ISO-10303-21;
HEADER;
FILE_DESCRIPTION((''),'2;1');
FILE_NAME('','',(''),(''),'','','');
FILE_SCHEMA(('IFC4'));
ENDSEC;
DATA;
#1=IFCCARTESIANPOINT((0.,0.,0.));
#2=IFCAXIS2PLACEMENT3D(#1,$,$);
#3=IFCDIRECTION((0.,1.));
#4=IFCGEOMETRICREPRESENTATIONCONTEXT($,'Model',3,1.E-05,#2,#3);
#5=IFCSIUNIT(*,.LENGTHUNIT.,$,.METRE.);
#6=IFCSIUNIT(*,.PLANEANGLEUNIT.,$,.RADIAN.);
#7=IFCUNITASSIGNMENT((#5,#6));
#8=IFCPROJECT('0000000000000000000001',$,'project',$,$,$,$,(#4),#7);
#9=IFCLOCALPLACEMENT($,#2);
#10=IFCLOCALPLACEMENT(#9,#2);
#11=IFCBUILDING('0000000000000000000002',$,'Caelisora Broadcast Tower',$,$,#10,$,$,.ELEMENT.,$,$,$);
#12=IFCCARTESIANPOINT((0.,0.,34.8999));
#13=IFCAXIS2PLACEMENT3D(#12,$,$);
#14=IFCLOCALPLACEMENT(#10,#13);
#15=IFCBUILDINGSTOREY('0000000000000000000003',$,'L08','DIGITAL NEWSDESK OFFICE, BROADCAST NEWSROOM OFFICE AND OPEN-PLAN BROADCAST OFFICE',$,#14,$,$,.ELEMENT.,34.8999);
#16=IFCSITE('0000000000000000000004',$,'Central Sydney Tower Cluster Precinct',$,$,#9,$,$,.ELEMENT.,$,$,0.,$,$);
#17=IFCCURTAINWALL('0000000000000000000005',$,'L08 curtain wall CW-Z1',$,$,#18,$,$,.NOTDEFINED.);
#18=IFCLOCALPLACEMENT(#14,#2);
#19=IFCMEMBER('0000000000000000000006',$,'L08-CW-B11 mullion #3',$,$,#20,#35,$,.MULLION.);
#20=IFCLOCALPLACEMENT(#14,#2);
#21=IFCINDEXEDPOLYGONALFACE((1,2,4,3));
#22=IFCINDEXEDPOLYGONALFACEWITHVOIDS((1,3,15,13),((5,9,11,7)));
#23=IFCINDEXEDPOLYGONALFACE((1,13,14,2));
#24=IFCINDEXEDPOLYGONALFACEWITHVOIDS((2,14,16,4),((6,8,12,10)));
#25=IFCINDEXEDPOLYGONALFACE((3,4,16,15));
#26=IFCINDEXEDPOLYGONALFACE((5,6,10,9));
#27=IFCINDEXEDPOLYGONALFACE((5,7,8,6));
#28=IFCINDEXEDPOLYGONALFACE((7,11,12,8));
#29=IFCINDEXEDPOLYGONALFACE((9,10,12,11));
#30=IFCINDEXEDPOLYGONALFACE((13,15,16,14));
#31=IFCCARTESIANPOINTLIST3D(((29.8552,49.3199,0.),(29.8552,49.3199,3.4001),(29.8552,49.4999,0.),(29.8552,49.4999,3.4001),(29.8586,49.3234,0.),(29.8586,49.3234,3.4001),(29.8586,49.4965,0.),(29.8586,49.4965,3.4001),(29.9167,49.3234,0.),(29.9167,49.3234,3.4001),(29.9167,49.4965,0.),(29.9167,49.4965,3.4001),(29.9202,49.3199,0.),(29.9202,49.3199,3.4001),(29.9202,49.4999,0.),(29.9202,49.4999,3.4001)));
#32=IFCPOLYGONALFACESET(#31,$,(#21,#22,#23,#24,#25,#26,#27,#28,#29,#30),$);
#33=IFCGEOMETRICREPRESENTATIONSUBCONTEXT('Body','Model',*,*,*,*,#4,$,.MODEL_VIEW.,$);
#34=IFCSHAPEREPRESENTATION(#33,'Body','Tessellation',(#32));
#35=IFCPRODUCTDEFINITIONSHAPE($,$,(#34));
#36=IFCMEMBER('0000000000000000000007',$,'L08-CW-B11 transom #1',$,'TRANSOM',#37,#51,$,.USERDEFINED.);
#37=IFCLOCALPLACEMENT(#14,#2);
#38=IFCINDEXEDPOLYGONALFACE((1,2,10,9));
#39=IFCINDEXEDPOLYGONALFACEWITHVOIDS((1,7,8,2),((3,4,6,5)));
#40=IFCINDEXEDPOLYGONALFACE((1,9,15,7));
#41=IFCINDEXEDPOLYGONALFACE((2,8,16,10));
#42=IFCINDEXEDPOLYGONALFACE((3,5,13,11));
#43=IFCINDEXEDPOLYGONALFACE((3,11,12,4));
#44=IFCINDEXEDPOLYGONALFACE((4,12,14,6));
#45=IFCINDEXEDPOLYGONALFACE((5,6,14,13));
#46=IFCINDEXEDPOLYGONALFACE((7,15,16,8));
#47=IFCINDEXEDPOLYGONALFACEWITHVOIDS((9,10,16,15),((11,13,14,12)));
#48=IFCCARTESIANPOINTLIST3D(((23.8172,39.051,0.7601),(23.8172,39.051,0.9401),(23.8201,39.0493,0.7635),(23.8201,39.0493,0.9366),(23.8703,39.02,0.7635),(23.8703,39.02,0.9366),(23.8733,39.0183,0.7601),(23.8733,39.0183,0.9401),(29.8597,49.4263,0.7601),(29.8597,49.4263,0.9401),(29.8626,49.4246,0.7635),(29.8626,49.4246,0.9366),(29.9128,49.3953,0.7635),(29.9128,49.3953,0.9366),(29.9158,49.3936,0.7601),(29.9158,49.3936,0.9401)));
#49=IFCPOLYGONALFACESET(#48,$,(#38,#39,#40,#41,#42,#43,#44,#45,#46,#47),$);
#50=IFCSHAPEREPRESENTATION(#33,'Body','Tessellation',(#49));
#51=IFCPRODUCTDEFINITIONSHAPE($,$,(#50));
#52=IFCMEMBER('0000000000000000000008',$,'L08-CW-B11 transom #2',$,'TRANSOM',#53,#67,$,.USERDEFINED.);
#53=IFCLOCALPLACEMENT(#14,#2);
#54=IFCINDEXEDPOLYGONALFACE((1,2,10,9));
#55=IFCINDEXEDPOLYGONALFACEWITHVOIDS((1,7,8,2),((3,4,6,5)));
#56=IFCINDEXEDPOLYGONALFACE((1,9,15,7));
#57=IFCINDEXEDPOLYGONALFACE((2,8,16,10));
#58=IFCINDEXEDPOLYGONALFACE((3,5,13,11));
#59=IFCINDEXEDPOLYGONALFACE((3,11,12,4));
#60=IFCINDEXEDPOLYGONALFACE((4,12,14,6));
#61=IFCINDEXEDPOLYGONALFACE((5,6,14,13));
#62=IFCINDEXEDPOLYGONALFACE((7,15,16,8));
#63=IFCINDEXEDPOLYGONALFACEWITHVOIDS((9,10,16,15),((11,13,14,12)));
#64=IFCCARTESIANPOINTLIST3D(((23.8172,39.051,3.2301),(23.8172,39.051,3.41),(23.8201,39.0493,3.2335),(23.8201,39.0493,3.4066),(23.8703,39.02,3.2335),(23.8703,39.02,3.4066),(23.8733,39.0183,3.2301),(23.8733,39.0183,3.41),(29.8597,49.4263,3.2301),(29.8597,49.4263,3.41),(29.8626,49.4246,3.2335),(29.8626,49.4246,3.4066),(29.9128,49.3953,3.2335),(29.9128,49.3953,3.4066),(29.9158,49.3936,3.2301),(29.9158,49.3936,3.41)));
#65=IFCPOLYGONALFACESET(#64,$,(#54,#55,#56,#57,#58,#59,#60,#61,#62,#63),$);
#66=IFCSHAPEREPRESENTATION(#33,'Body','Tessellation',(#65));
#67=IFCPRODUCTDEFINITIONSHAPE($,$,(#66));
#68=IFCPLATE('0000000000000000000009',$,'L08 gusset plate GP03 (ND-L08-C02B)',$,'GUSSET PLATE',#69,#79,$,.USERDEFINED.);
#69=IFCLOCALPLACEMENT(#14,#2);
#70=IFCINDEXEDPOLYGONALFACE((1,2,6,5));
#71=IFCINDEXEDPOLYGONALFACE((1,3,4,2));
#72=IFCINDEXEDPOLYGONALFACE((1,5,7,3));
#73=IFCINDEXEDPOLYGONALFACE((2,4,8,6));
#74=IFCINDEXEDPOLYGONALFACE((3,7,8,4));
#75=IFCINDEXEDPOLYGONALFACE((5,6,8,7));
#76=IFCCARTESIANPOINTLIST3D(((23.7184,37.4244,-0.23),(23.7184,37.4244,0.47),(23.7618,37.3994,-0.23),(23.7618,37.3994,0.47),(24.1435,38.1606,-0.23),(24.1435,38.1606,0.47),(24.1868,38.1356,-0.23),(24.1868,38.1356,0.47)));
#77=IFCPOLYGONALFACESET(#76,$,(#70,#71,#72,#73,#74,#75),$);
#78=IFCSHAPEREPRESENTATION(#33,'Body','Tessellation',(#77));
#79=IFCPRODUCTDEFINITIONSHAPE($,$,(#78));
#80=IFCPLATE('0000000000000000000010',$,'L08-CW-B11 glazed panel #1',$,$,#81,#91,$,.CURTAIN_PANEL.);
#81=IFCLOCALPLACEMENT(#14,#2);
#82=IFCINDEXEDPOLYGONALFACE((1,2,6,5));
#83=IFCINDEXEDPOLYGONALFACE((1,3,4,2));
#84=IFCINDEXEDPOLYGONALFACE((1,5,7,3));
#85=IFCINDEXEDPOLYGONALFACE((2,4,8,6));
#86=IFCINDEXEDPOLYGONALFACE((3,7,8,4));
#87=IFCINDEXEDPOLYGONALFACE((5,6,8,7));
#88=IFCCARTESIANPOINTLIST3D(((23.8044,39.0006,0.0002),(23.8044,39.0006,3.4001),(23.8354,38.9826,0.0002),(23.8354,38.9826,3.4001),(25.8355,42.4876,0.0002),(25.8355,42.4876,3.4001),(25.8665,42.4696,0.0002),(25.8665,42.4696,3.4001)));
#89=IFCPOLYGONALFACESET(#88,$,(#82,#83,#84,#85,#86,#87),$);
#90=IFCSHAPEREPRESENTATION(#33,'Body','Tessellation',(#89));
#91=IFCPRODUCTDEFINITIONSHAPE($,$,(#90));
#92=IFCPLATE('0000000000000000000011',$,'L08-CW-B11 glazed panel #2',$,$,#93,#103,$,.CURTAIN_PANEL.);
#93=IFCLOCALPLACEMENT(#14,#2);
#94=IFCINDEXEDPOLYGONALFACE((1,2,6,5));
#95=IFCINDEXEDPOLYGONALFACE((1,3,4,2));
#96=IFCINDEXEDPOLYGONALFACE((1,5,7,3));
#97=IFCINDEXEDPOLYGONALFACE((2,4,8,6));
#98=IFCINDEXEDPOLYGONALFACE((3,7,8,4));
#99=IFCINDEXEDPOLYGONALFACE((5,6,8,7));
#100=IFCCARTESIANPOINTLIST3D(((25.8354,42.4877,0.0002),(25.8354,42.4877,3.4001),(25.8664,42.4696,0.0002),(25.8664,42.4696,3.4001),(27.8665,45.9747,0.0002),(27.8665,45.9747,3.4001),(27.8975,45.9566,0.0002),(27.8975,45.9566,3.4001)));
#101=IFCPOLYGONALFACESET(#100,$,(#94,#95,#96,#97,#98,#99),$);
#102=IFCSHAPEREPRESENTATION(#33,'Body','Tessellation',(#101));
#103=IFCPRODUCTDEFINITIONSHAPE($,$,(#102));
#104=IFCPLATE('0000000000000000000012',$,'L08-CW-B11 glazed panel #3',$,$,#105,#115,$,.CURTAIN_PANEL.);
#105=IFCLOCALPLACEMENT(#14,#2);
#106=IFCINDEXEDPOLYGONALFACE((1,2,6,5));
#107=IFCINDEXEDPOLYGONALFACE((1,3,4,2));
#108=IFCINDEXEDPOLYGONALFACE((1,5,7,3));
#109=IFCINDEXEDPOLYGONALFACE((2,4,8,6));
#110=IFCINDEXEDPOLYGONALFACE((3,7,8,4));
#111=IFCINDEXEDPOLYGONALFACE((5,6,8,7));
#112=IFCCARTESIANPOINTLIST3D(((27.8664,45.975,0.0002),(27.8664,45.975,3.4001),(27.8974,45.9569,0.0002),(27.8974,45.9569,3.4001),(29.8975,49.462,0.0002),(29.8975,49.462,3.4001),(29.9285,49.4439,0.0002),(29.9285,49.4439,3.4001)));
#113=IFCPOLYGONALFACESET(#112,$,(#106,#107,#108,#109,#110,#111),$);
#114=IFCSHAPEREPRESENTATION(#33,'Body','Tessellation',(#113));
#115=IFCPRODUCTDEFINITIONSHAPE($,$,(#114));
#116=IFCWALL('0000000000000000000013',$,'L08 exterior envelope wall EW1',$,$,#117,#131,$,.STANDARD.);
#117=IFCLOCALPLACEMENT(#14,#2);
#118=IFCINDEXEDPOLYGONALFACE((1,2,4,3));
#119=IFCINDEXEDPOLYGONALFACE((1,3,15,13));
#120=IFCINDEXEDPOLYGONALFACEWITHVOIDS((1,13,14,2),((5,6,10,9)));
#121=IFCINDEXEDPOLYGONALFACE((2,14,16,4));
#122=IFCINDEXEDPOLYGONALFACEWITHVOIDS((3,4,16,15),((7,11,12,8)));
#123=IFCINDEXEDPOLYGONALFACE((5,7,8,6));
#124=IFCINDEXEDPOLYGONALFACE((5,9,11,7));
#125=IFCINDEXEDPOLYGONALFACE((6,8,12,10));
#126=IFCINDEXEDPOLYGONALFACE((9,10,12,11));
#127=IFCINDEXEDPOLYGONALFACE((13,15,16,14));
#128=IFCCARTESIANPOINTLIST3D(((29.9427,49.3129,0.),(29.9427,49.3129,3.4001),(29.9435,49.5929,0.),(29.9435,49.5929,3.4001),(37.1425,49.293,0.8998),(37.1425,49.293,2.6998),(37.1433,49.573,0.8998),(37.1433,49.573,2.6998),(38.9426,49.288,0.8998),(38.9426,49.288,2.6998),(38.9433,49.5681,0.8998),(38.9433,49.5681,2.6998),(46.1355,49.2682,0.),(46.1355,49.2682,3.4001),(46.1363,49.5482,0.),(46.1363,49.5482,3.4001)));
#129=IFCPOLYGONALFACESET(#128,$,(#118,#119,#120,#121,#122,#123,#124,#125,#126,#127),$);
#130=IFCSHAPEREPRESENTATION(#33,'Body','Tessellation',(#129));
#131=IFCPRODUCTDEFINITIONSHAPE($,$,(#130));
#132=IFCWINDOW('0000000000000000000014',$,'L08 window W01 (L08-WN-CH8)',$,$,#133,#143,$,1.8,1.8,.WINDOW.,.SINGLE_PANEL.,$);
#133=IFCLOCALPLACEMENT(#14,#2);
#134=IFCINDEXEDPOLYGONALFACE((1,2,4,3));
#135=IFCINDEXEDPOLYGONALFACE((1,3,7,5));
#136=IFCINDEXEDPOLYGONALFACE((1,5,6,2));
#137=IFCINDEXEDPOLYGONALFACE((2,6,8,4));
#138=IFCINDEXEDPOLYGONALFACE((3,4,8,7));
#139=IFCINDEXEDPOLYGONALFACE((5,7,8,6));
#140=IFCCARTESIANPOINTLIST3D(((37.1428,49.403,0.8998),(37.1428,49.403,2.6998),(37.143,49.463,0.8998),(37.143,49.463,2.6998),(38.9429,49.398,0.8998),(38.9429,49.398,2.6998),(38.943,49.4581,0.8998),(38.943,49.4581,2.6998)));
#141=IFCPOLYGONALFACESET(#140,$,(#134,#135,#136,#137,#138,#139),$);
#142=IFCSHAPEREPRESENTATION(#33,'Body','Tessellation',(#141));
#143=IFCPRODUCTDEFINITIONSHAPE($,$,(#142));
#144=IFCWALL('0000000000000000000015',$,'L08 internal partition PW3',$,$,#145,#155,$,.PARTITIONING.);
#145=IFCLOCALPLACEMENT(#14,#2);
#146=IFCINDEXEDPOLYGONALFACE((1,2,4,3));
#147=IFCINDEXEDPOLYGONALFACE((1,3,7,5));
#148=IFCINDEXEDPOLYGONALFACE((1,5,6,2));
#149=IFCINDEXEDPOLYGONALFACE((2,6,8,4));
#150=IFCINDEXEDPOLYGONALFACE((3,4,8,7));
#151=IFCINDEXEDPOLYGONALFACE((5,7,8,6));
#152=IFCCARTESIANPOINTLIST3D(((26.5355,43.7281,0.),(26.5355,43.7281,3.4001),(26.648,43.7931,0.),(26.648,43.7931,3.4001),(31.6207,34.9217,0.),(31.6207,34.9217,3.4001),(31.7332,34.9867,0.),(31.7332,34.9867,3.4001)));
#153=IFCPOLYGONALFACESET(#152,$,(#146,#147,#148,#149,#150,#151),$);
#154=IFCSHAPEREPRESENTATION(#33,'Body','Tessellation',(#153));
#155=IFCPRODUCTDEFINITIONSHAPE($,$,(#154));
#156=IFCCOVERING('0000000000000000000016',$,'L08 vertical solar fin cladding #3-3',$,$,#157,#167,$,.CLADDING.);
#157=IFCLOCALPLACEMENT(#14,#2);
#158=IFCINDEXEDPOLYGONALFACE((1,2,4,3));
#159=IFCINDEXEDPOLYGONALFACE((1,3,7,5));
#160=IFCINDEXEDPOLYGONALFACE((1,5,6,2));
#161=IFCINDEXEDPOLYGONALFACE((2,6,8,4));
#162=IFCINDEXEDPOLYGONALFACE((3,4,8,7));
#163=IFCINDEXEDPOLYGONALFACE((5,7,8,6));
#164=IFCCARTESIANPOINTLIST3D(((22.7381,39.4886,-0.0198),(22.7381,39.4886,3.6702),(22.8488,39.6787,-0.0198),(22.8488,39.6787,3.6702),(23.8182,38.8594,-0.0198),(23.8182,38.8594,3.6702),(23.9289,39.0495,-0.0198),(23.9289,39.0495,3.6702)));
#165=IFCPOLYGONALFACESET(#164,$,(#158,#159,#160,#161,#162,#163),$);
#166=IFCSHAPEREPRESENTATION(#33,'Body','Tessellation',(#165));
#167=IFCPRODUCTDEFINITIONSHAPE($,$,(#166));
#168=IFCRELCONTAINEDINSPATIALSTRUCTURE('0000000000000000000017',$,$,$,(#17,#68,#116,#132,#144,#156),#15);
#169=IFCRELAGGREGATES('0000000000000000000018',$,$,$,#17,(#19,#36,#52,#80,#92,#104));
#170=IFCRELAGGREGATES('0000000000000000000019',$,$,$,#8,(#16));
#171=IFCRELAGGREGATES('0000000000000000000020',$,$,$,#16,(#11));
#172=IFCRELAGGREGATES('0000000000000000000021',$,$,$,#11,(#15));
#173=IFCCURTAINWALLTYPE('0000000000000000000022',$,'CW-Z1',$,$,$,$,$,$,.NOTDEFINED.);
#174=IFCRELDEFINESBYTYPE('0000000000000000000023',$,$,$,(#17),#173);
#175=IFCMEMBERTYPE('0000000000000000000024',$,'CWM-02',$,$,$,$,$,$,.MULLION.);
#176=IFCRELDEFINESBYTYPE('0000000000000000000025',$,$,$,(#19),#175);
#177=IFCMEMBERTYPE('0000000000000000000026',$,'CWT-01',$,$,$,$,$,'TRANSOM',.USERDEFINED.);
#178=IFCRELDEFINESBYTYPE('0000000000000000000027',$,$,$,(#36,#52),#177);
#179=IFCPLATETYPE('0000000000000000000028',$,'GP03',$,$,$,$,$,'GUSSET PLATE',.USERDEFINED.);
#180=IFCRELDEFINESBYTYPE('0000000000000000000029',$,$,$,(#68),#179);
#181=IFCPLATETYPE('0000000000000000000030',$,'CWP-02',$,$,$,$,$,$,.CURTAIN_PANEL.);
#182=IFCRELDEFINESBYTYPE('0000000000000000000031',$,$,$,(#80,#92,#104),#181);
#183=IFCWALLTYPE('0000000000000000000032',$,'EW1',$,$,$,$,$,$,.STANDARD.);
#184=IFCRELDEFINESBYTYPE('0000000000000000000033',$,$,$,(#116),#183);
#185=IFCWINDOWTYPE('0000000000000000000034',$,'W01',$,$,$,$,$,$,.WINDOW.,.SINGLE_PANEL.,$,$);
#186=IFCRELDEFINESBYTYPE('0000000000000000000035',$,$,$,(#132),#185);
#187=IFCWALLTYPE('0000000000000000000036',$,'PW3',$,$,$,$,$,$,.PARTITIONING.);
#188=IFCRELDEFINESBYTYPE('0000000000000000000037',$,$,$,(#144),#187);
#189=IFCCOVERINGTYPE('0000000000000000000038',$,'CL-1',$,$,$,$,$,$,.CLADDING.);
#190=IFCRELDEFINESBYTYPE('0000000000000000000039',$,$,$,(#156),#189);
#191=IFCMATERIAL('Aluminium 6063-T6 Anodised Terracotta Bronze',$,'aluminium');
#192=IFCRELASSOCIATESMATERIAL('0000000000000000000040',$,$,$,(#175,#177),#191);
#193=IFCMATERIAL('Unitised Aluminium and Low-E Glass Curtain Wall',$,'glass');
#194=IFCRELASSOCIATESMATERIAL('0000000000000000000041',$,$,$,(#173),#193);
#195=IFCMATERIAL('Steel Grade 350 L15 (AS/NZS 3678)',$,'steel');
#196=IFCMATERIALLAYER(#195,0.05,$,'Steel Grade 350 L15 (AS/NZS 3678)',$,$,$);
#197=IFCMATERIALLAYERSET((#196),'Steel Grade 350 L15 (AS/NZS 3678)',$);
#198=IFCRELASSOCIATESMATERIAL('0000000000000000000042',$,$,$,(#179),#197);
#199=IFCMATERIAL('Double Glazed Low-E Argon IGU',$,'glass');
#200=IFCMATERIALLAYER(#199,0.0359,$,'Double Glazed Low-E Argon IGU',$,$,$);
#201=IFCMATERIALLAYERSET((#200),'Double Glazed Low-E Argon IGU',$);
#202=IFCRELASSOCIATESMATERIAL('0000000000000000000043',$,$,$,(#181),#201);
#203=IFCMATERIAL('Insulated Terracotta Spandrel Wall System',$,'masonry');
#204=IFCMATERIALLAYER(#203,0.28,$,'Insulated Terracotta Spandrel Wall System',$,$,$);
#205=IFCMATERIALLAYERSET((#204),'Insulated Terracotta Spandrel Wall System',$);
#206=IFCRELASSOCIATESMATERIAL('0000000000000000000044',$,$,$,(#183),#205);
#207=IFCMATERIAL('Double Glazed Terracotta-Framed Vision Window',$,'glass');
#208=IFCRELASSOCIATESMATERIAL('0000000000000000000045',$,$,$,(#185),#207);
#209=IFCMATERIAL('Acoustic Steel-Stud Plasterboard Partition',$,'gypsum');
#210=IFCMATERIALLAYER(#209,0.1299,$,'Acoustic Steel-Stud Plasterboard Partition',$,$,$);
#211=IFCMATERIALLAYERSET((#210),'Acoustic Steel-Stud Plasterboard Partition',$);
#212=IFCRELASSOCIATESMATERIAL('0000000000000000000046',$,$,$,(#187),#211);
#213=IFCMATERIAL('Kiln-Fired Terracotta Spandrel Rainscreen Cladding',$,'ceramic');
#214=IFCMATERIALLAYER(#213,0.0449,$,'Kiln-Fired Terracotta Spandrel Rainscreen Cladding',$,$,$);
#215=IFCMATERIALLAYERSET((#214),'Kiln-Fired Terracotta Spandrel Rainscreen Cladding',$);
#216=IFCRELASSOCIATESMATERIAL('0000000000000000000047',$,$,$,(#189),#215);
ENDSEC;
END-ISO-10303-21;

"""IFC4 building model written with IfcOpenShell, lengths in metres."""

from ifc_helpers import new_model, si_unit, direction, frame, frame_2d, origin, origin_2d, place, context, subcontext, project, spatial, rectangle, hollow_rectangle, extrude, source, transform, mapped, material, layer, layer_set, material_profile, profile_set, type_object, type_shapes, element, fill, aggregate, save


model = new_model("IFC4")

# Units and contexts
model_context = context("Model", 3, precision=1e-05, world=origin(), true_north=direction((0.0, 1.0)))
body_context = subcontext(model_context, "Body", "Model", "MODEL_VIEW")
ifc_project = project(units=[si_unit("LENGTHUNIT", "METRE"), si_unit("PLANEANGLEUNIT", "RADIAN")], contexts=[model_context])

# Site, building, storey
site_placement = place(None, origin())
site = spatial("IfcSite", under=ifc_project, at=site_placement, Name="Central Sydney Tower Cluster Precinct", CompositionType="ELEMENT", RefElevation=0.0)
building_placement = place(site_placement, origin())
building = spatial("IfcBuilding", under=site, at=building_placement, Name="Caelisora Broadcast Tower", CompositionType="ELEMENT")
storey_placement = place(building_placement, frame((0.0, 0.0, 34.8999)))
storey = spatial("IfcBuildingStorey", under=building, at=storey_placement, Name="L08", Description="DIGITAL NEWSDESK OFFICE, BROADCAST NEWSROOM OFFICE AND OPEN-PLAN BROADCAST OFFICE", CompositionType="ELEMENT", Elevation=34.8999)

# Shared definitions
ifc_material_1 = material(Name="Steel Grade 350 L15 (AS/NZS 3678)", Category="steel")

# Shared definitions
ifc_material_2 = material(Name="Aluminium 6063-T6 Anodised Terracotta Bronze", Category="aluminium")
ifc_material_profile_1 = material_profile(ifc_material_2, hollow_rectangle(XDim=0.0649, YDim=0.1799, WallThickness=0.0034, at=origin_2d()), Name="Aluminium 6063-T6 Anodised Terracotta Bronze")
ifc_profile_set_1 = profile_set([ifc_material_profile_1], Name="Aluminium 6063-T6 Anodised Terracotta Bronze")
member_type_1 = type_object("IfcMemberType", Name="CWM-02", PredefinedType="MULLION", material=ifc_profile_set_1)
shared_shape_1 = source(origin(), body_context, "Body", "SweptSolid", [
    extrude(hollow_rectangle(XDim=0.0649, YDim=0.1799, WallThickness=0.0034, at=origin_2d()), origin(), (0.0, 0.0, 1.0), 3.4001),
])
type_shapes(member_type_1, [shared_shape_1])

# Curtain wall, members
ifc_material_3 = material(Name="Unitised Aluminium and Low-E Glass Curtain Wall", Category="glass")
curtain_wall_type_1 = type_object("IfcCurtainWallType", Name="CW-Z1", PredefinedType="NOTDEFINED", material=ifc_material_3)
curtain_wall_1_placement = place(storey_placement, origin())
curtain_wall_1 = element("IfcCurtainWall", 1, at=curtain_wall_1_placement, inside=storey, type_object=curtain_wall_type_1, Name="L08 curtain wall CW-Z1", PredefinedType="NOTDEFINED")
member_1_placement = place(storey_placement, frame((29.8877, 49.4099, 0.0), z_axis=(0.0, 0.0, 1.0), x_axis=(1.0, 0.0, 0.0)))
member_1 = element("IfcMember", 2, at=member_1_placement, type_object=member_type_1, Name="L08-CW-B11 mullion #3", PredefinedType="MULLION", context=body_context, shape_type="MappedRepresentation", body=[
    mapped(shared_shape_1, transform((0.0, 0.0, 0.0), scale=1.0)),
])
ifc_material_profile_2 = material_profile(ifc_material_2, hollow_rectangle(XDim=0.0649, YDim=0.1799, WallThickness=0.0034, at=origin_2d()), Name="Aluminium 6063-T6 Anodised Terracotta Bronze")
ifc_profile_set_2 = profile_set([ifc_material_profile_2], Name="Aluminium 6063-T6 Anodised Terracotta Bronze")
member_type_2 = type_object("IfcMemberType", Name="CWT-01", ElementType="TRANSOM", PredefinedType="USERDEFINED", material=ifc_profile_set_2)
shared_shape_2 = source(origin(), body_context, "Body", "SweptSolid", [
    extrude(hollow_rectangle(XDim=0.0649, YDim=0.1799, WallThickness=0.0034, at=origin_2d()), origin(), (0.0, 0.0, 1.0), 12.0066),
])
type_shapes(member_type_2, [shared_shape_2])
member_2_placement = place(storey_placement, frame((23.8452, 39.0347, 0.8501), z_axis=(0.503265, 0.864132, 0.0), x_axis=(-0.864132, 0.503265, 0.0)))
member_2 = element("IfcMember", 3, at=member_2_placement, type_object=member_type_2, Name="L08-CW-B11 transom #1", ObjectType="TRANSOM", PredefinedType="USERDEFINED", context=body_context, shape_type="MappedRepresentation", body=[
    mapped(shared_shape_2, transform((0.0, 0.0, 0.0), scale=1.0)),
])
member_3_placement = place(storey_placement, frame((23.8452, 39.0347, 3.3201), z_axis=(0.503265, 0.864132, 0.0), x_axis=(-0.864132, 0.503265, 0.0)))
member_3 = element("IfcMember", 4, at=member_3_placement, type_object=member_type_2, Name="L08-CW-B11 transom #2", ObjectType="TRANSOM", PredefinedType="USERDEFINED", context=body_context, shape_type="MappedRepresentation", body=[
    mapped(shared_shape_2, transform((0.0, 0.0, 0.0), scale=1.0)),
])

# Plates
ifc_layer_1 = layer(ifc_material_1, 0.05, Name="Steel Grade 350 L15 (AS/NZS 3678)")
ifc_layer_set_1 = layer_set([ifc_layer_1], Name="Steel Grade 350 L15 (AS/NZS 3678)")
plate_type_1 = type_object("IfcPlateType", Name="GP03", ElementType="GUSSET PLATE", PredefinedType="USERDEFINED", material=ifc_layer_set_1)
shared_shape_3 = source(origin(), body_context, "Body", "SweptSolid", [
    extrude(rectangle(XDim=0.8501, YDim=0.05, at=origin_2d()), origin(), (0.0, 0.0, 1.0), 0.7),
])
type_shapes(plate_type_1, [shared_shape_3])
plate_1_placement = place(storey_placement, frame((23.9526, 37.78, -0.23), z_axis=(0.0, 0.0, 1.0), x_axis=(-0.5, -0.866025, 0.0)))
element("IfcPlate", 5, at=plate_1_placement, inside=storey, type_object=plate_type_1, Name="L08 gusset plate GP03 (ND-L08-C02B)", ObjectType="GUSSET PLATE", PredefinedType="USERDEFINED", context=body_context, shape_type="MappedRepresentation", body=[
    mapped(shared_shape_3, transform((0.0, 0.0, 0.0), scale=1.0)),
])
ifc_material_4 = material(Name="Double Glazed Low-E Argon IGU", Category="glass")
ifc_layer_2 = layer(ifc_material_4, 0.0359, Name="Double Glazed Low-E Argon IGU")
ifc_layer_set_2 = layer_set([ifc_layer_2], Name="Double Glazed Low-E Argon IGU")
plate_type_2 = type_object("IfcPlateType", Name="CWP-02", PredefinedType="CURTAIN_PANEL", material=ifc_layer_set_2)
shared_shape_4 = source(origin(), body_context, "Body", "SweptSolid", [
    extrude(rectangle(XDim=4.0354, YDim=0.0359, at=origin_2d()), origin(), (0.0, 0.0, 1.0), 3.3999),
])
type_shapes(plate_type_2, [shared_shape_4])
plate_2_placement = place(storey_placement, frame((24.8354, 40.7351, 0.0002), z_axis=(0.0, 0.0, 1.0), x_axis=(0.503322, 0.864099, 0.0)))
plate_2 = element("IfcPlate", 6, at=plate_2_placement, type_object=plate_type_2, Name="L08-CW-B11 glazed panel #1", PredefinedType="CURTAIN_PANEL", context=body_context, shape_type="MappedRepresentation", body=[
    mapped(shared_shape_4, transform((0.0, 0.0, 0.0), scale=1.0)),
])
plate_3_placement = place(storey_placement, frame((26.8665, 44.2222, 0.0002), z_axis=(0.0, 0.0, 1.0), x_axis=(0.503322, 0.864099, 0.0)))
plate_3 = element("IfcPlate", 7, at=plate_3_placement, type_object=plate_type_2, Name="L08-CW-B11 glazed panel #2", PredefinedType="CURTAIN_PANEL", context=body_context, shape_type="MappedRepresentation", body=[
    mapped(shared_shape_4, transform((0.0, 0.0, 0.0), scale=1.0)),
])
plate_4_placement = place(storey_placement, frame((28.8975, 47.7095, 0.0002), z_axis=(0.0, 0.0, 1.0), x_axis=(0.503322, 0.864099, 0.0)))
plate_4 = element("IfcPlate", 8, at=plate_4_placement, type_object=plate_type_2, Name="L08-CW-B11 glazed panel #3", PredefinedType="CURTAIN_PANEL", context=body_context, shape_type="MappedRepresentation", body=[
    mapped(shared_shape_4, transform((0.0, 0.0, 0.0), scale=1.0)),
])
aggregate(curtain_wall_1, [member_1, member_2, member_3, plate_2, plate_3, plate_4])

# Wall, opening, window
ifc_material_5 = material(Name="Insulated Terracotta Spandrel Wall System", Category="masonry")
ifc_layer_3 = layer(ifc_material_5, 0.28, Name="Insulated Terracotta Spandrel Wall System")
ifc_layer_set_3 = layer_set([ifc_layer_3], Name="Insulated Terracotta Spandrel Wall System")
wall_type_1 = type_object("IfcWallType", Name="EW1", PredefinedType="STANDARD", material=ifc_layer_set_3)
wall_1_placement = place(storey_placement, frame((29.9431, 49.4529, 0.0), z_axis=(0.0, 0.0, 1.0), x_axis=(0.999996, -0.002759, 0.0)))
wall_1 = element("IfcWall", 9, at=wall_1_placement, inside=storey, type_object=wall_type_1, Name="L08 exterior envelope wall EW1", PredefinedType="STANDARD", context=body_context, shape_type="SweptSolid", body=[
    extrude(rectangle(XDim=16.1929, YDim=0.28, at=frame_2d((8.0964, 0.0))), origin(), (0.0, 0.0, 1.0), 3.4001),
])
opening_placement = place(wall_1_placement, frame((7.2, 0.0, 0.8999)))
opening = element("IfcOpeningElement", 10, at=opening_placement, cuts=wall_1, PredefinedType="OPENING", context=body_context, shape_type="SweptSolid", body=[
    extrude(rectangle(XDim=1.8, YDim=1.8, at=frame_2d((0.8999, 0.8999))), frame((0.0, 0.1521, 0.0), z_axis=(0.0, -1.0, 0.0), x_axis=(1.0, 0.0, 0.0)), (0.0, 0.0, 1.0), 0.304),
])
ifc_material_6 = material(Name="Double Glazed Terracotta-Framed Vision Window", Category="glass")
window_type = type_object("IfcWindowType", Name="W01", PartitioningType="SINGLE_PANEL", PredefinedType="WINDOW", material=ifc_material_6)
window_placement = place(opening_placement, origin())
window = element("IfcWindow", 11, at=window_placement, inside=storey, type_object=window_type, Name="L08 window W01 (L08-WN-CH8)", OverallHeight=1.8, OverallWidth=1.8, PartitioningType="SINGLE_PANEL", PredefinedType="WINDOW", context=body_context, shape_type="SweptSolid", body=[
    extrude(rectangle(XDim=1.8, YDim=1.8, at=frame_2d((0.8999, 0.8999))), frame((0.0, 0.03, 0.0), z_axis=(0.0, -1.0, 0.0), x_axis=(1.0, 0.0, 0.0)), (0.0, 0.0, 1.0), 0.0601),
])
fill(opening, window)

# Wall
ifc_material_7 = material(Name="Acoustic Steel-Stud Plasterboard Partition", Category="gypsum")
ifc_layer_4 = layer(ifc_material_7, 0.1299, Name="Acoustic Steel-Stud Plasterboard Partition")
ifc_layer_set_4 = layer_set([ifc_layer_4], Name="Acoustic Steel-Stud Plasterboard Partition")
wall_type_2 = type_object("IfcWallType", Name="PW3", PredefinedType="PARTITIONING", material=ifc_layer_set_4)
wall_2_placement = place(storey_placement, frame((26.5918, 43.7605, 0.0), z_axis=(0.0, 0.0, 1.0), x_axis=(0.500061, -0.86599, 0.0)))
element("IfcWall", 12, at=wall_2_placement, inside=storey, type_object=wall_type_2, Name="L08 internal partition PW3", PredefinedType="PARTITIONING", context=body_context, shape_type="SweptSolid", body=[
    extrude(rectangle(XDim=10.1692, YDim=0.1299, at=frame_2d((5.0845, 0.0))), origin(), (0.0, 0.0, 1.0), 3.4001),
])

# Covering
ifc_material_8 = material(Name="Kiln-Fired Terracotta Spandrel Rainscreen Cladding", Category="ceramic")
ifc_layer_5 = layer(ifc_material_8, 0.0449, Name="Kiln-Fired Terracotta Spandrel Rainscreen Cladding")
ifc_layer_set_5 = layer_set([ifc_layer_5], Name="Kiln-Fired Terracotta Spandrel Rainscreen Cladding")
covering_type = type_object("IfcCoveringType", Name="CL-1", PredefinedType="CLADDING", material=ifc_layer_set_5)
shared_shape_5 = source(origin(), body_context, "Body", "SweptSolid", [
    extrude(rectangle(XDim=0.22, YDim=1.25, at=origin_2d()), origin(), (0.0, 0.0, 1.0), 3.6899),
])
type_shapes(covering_type, [shared_shape_5])
for number, where, z_axis, x_axis, name in (
    (13, (23.3335, 39.269, -0.0198), (0.0, 0.0, 1.0), (0.503322, 0.864099, 0.0), "L08 vertical solar fin cladding #3-3"),
):
    element("IfcCovering", number, at=place(storey_placement, frame(where, z_axis=z_axis, x_axis=x_axis)), inside=storey, type_object=covering_type, Name=name, PredefinedType="CLADDING", context=body_context, shape_type="MappedRepresentation", body=[
        mapped(shared_shape_5, transform((0.0, 0.0, 0.0), scale=1.0)),
    ])

save(model, "model.ifc")
